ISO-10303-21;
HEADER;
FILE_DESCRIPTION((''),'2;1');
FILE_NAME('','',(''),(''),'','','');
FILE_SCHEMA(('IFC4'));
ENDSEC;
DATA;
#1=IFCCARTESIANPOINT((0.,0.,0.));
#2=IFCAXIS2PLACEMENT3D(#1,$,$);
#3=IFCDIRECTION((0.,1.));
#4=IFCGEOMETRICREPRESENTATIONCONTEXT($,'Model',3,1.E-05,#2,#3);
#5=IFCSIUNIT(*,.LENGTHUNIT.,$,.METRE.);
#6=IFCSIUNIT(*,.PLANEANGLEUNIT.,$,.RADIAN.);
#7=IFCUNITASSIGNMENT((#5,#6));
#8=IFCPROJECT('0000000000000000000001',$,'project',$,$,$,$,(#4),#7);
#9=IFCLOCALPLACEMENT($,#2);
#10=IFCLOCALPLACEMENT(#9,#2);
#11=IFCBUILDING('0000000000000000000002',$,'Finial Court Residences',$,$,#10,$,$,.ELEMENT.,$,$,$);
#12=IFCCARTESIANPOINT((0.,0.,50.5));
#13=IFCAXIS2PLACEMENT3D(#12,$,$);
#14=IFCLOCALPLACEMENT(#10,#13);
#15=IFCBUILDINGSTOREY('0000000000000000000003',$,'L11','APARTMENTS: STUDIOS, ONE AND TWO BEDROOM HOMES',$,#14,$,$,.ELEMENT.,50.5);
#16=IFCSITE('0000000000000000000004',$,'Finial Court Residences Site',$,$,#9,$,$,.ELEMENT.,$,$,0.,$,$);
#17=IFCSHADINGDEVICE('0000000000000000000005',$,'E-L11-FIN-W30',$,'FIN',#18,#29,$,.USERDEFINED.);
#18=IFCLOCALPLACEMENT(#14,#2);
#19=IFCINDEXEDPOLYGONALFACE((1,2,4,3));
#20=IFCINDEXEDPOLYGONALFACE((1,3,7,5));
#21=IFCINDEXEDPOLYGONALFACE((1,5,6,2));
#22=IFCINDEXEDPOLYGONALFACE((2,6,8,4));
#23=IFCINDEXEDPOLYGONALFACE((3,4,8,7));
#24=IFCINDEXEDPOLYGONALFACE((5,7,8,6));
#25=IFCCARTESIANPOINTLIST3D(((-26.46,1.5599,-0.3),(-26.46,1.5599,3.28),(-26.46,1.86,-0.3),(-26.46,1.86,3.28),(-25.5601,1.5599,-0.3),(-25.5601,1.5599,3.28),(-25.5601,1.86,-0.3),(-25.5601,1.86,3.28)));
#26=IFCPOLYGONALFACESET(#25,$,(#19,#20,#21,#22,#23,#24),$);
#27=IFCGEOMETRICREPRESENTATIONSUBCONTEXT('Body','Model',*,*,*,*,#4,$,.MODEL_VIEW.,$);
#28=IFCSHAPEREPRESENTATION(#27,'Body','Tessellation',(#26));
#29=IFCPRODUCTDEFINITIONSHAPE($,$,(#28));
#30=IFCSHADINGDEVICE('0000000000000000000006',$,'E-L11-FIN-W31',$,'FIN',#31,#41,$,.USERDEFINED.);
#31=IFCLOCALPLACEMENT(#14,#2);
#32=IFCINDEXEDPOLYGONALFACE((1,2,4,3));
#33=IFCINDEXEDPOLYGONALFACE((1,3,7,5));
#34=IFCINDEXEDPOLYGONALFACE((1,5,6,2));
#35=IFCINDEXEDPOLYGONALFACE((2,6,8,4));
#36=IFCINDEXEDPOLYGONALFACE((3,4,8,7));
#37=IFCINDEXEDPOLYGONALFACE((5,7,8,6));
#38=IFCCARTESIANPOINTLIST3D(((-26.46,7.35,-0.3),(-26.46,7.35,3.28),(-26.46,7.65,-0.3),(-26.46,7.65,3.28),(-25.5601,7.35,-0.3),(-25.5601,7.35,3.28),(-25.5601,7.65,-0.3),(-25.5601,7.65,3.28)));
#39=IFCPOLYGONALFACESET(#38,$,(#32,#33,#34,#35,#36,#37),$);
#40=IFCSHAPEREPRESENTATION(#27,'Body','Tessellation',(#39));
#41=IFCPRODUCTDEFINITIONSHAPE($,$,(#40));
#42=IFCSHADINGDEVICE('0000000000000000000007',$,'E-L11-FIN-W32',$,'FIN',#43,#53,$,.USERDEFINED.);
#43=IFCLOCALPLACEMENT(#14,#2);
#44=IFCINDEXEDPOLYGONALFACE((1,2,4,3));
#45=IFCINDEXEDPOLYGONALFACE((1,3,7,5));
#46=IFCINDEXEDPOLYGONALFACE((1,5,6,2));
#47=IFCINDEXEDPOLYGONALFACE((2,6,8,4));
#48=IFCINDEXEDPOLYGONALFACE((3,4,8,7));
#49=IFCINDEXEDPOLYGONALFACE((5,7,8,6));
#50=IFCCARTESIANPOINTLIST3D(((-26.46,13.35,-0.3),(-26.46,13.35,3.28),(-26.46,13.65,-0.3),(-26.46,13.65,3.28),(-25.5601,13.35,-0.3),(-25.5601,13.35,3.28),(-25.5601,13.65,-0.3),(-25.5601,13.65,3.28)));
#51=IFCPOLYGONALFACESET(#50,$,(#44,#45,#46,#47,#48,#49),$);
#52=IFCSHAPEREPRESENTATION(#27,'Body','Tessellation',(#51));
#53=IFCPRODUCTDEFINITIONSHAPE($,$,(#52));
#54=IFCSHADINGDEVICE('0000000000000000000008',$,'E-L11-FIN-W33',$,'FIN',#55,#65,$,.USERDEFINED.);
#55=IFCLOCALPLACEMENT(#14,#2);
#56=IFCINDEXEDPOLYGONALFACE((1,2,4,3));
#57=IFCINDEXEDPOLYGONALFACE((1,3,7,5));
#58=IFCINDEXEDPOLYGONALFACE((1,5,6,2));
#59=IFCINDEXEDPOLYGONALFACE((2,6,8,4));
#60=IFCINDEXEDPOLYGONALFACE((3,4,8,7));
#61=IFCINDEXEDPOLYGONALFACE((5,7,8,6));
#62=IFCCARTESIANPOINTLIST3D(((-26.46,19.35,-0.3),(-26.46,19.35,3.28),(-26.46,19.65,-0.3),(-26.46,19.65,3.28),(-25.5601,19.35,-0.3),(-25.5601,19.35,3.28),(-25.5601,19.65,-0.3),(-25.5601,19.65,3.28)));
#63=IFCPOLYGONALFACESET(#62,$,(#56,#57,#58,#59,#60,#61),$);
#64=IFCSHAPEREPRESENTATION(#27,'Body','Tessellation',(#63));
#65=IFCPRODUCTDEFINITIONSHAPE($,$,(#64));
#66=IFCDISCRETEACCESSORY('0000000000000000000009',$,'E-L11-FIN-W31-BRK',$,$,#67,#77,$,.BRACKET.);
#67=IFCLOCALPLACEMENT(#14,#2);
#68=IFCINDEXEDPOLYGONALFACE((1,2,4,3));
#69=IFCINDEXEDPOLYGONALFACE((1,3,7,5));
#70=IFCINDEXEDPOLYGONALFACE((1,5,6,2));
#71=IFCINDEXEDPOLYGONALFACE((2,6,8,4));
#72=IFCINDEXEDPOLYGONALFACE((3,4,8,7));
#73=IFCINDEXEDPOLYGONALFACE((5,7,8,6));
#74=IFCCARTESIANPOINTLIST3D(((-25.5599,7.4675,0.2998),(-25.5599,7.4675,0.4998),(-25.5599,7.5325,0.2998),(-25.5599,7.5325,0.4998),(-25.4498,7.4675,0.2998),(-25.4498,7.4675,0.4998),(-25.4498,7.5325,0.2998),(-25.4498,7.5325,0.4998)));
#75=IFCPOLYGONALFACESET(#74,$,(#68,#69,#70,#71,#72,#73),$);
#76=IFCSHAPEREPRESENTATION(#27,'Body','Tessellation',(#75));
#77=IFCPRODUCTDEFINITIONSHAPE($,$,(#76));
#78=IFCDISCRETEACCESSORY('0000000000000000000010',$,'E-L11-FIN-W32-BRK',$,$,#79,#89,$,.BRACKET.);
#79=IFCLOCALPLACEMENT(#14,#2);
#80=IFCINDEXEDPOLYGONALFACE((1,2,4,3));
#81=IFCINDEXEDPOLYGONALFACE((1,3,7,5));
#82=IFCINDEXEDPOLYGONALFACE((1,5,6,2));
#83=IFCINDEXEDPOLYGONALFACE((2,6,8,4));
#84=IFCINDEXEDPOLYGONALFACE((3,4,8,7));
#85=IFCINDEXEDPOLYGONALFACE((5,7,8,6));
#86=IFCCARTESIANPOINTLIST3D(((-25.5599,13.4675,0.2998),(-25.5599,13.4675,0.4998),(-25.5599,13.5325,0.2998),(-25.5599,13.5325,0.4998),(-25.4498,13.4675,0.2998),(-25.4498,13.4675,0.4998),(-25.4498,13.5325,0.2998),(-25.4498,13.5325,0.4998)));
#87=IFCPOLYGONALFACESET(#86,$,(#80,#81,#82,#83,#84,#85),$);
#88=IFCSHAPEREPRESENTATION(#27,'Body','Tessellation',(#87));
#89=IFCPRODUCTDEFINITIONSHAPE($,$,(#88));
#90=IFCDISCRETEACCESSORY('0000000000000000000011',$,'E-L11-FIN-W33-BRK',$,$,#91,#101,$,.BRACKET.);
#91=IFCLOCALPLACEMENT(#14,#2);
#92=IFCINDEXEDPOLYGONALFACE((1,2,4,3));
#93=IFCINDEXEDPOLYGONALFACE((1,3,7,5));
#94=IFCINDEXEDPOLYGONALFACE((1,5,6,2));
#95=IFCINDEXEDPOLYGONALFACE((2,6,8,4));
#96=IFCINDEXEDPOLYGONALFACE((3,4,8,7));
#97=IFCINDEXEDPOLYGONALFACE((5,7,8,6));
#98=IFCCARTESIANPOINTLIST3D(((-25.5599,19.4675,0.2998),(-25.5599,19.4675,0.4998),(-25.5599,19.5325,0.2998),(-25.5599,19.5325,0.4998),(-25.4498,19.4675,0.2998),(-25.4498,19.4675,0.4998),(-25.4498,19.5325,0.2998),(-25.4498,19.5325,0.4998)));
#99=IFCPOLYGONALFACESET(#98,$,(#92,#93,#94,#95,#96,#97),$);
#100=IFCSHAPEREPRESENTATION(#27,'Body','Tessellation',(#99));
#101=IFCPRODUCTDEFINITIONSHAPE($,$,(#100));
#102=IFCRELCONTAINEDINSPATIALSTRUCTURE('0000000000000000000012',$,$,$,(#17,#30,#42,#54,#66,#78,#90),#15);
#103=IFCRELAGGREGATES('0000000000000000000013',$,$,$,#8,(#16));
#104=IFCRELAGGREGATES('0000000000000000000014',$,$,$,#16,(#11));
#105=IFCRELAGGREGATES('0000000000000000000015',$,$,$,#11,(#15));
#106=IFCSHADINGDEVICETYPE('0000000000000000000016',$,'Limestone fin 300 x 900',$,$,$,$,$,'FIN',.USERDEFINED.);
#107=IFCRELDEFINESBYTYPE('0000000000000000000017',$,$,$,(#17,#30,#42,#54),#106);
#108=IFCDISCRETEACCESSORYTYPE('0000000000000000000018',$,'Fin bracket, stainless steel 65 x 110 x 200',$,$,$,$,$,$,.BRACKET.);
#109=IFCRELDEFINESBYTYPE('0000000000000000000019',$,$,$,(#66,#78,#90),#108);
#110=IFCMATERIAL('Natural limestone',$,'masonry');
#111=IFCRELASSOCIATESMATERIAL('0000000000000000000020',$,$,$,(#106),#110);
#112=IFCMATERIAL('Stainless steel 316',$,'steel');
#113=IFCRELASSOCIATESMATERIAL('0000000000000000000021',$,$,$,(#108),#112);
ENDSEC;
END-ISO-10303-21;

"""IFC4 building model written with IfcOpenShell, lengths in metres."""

from ifc_helpers import new_model, si_unit, direction, frame, origin, origin_2d, place, context, subcontext, project, spatial, rectangle, extrude, material, type_object, element, save


model = new_model("IFC4")

# Units and contexts
model_context = context("Model", 3, precision=1e-05, world=origin(), true_north=direction((0.0, 1.0)))
body_context = subcontext(model_context, "Body", "Model", "MODEL_VIEW")
ifc_project = project(units=[si_unit("LENGTHUNIT", "METRE"), si_unit("PLANEANGLEUNIT", "RADIAN")], contexts=[model_context])

# Site, building, storey
site_placement = place(None, origin())
site = spatial("IfcSite", under=ifc_project, at=site_placement, Name="Finial Court Residences Site", CompositionType="ELEMENT", RefElevation=0.0)
building_placement = place(site_placement, origin())
building = spatial("IfcBuilding", under=site, at=building_placement, Name="Finial Court Residences", CompositionType="ELEMENT")
storey_placement = place(building_placement, frame((0.0, 0.0, 50.5)))
storey = spatial("IfcBuildingStorey", under=building, at=storey_placement, Name="L11", Description="APARTMENTS: STUDIOS, ONE AND TWO BEDROOM HOMES", CompositionType="ELEMENT", Elevation=50.5)

# Shading devices
ifc_material_1 = material(Name="Natural limestone", Category="masonry")
shading_device_type = type_object("IfcShadingDeviceType", Name="Limestone fin 300 x 900", ElementType="FIN", PredefinedType="USERDEFINED", material=ifc_material_1)
for number, where, z_axis, x_axis, name in (
    (1, (-26.01, 1.71, -0.3), (0.0, 0.0, 1.0), (1.0, 0.0, 0.0), "E-L11-FIN-W30"),
    (2, (-26.01, 7.5, -0.3), (0.0, 0.0, 1.0), (1.0, 0.0, 0.0), "E-L11-FIN-W31"),
    (3, (-26.01, 13.5, -0.3), (0.0, 0.0, 1.0), (1.0, 0.0, 0.0), "E-L11-FIN-W32"),
    (4, (-26.01, 19.5, -0.3), (0.0, 0.0, 1.0), (1.0, 0.0, 0.0), "E-L11-FIN-W33"),
):
    element("IfcShadingDevice", number, at=place(storey_placement, frame(where, z_axis=z_axis, x_axis=x_axis)), inside=storey, type_object=shading_device_type, Name=name, ObjectType="FIN", PredefinedType="USERDEFINED", context=body_context, shape_type="SweptSolid", body=[
        extrude(rectangle(XDim=0.8999, YDim=0.3, at=origin_2d()), origin(), (0.0, 0.0, 1.0), 3.5801),
    ])

# Discrete accessories
ifc_material_2 = material(Name="Stainless steel 316", Category="steel")
discrete_accessory_type = type_object("IfcDiscreteAccessoryType", Name="Fin bracket, stainless steel 65 x 110 x 200", PredefinedType="BRACKET", material=ifc_material_2)
for number, where, z_axis, x_axis, name in (
    (5, (-25.5049, 7.5, 0.2998), (0.0, 0.0, 1.0), (1.0, 0.0, 0.0), "E-L11-FIN-W31-BRK"),
    (6, (-25.5049, 13.5, 0.2998), (0.0, 0.0, 1.0), (1.0, 0.0, 0.0), "E-L11-FIN-W32-BRK"),
    (7, (-25.5049, 19.5, 0.2998), (0.0, 0.0, 1.0), (1.0, 0.0, 0.0), "E-L11-FIN-W33-BRK"),
):
    element("IfcDiscreteAccessory", number, at=place(storey_placement, frame(where, z_axis=z_axis, x_axis=x_axis)), inside=storey, type_object=discrete_accessory_type, Name=name, PredefinedType="BRACKET", context=body_context, shape_type="SweptSolid", body=[
        extrude(rectangle(XDim=0.1101, YDim=0.0649, at=origin_2d()), origin(), (0.0, 0.0, 1.0), 0.2),
    ])

save(model, "model.ifc")
